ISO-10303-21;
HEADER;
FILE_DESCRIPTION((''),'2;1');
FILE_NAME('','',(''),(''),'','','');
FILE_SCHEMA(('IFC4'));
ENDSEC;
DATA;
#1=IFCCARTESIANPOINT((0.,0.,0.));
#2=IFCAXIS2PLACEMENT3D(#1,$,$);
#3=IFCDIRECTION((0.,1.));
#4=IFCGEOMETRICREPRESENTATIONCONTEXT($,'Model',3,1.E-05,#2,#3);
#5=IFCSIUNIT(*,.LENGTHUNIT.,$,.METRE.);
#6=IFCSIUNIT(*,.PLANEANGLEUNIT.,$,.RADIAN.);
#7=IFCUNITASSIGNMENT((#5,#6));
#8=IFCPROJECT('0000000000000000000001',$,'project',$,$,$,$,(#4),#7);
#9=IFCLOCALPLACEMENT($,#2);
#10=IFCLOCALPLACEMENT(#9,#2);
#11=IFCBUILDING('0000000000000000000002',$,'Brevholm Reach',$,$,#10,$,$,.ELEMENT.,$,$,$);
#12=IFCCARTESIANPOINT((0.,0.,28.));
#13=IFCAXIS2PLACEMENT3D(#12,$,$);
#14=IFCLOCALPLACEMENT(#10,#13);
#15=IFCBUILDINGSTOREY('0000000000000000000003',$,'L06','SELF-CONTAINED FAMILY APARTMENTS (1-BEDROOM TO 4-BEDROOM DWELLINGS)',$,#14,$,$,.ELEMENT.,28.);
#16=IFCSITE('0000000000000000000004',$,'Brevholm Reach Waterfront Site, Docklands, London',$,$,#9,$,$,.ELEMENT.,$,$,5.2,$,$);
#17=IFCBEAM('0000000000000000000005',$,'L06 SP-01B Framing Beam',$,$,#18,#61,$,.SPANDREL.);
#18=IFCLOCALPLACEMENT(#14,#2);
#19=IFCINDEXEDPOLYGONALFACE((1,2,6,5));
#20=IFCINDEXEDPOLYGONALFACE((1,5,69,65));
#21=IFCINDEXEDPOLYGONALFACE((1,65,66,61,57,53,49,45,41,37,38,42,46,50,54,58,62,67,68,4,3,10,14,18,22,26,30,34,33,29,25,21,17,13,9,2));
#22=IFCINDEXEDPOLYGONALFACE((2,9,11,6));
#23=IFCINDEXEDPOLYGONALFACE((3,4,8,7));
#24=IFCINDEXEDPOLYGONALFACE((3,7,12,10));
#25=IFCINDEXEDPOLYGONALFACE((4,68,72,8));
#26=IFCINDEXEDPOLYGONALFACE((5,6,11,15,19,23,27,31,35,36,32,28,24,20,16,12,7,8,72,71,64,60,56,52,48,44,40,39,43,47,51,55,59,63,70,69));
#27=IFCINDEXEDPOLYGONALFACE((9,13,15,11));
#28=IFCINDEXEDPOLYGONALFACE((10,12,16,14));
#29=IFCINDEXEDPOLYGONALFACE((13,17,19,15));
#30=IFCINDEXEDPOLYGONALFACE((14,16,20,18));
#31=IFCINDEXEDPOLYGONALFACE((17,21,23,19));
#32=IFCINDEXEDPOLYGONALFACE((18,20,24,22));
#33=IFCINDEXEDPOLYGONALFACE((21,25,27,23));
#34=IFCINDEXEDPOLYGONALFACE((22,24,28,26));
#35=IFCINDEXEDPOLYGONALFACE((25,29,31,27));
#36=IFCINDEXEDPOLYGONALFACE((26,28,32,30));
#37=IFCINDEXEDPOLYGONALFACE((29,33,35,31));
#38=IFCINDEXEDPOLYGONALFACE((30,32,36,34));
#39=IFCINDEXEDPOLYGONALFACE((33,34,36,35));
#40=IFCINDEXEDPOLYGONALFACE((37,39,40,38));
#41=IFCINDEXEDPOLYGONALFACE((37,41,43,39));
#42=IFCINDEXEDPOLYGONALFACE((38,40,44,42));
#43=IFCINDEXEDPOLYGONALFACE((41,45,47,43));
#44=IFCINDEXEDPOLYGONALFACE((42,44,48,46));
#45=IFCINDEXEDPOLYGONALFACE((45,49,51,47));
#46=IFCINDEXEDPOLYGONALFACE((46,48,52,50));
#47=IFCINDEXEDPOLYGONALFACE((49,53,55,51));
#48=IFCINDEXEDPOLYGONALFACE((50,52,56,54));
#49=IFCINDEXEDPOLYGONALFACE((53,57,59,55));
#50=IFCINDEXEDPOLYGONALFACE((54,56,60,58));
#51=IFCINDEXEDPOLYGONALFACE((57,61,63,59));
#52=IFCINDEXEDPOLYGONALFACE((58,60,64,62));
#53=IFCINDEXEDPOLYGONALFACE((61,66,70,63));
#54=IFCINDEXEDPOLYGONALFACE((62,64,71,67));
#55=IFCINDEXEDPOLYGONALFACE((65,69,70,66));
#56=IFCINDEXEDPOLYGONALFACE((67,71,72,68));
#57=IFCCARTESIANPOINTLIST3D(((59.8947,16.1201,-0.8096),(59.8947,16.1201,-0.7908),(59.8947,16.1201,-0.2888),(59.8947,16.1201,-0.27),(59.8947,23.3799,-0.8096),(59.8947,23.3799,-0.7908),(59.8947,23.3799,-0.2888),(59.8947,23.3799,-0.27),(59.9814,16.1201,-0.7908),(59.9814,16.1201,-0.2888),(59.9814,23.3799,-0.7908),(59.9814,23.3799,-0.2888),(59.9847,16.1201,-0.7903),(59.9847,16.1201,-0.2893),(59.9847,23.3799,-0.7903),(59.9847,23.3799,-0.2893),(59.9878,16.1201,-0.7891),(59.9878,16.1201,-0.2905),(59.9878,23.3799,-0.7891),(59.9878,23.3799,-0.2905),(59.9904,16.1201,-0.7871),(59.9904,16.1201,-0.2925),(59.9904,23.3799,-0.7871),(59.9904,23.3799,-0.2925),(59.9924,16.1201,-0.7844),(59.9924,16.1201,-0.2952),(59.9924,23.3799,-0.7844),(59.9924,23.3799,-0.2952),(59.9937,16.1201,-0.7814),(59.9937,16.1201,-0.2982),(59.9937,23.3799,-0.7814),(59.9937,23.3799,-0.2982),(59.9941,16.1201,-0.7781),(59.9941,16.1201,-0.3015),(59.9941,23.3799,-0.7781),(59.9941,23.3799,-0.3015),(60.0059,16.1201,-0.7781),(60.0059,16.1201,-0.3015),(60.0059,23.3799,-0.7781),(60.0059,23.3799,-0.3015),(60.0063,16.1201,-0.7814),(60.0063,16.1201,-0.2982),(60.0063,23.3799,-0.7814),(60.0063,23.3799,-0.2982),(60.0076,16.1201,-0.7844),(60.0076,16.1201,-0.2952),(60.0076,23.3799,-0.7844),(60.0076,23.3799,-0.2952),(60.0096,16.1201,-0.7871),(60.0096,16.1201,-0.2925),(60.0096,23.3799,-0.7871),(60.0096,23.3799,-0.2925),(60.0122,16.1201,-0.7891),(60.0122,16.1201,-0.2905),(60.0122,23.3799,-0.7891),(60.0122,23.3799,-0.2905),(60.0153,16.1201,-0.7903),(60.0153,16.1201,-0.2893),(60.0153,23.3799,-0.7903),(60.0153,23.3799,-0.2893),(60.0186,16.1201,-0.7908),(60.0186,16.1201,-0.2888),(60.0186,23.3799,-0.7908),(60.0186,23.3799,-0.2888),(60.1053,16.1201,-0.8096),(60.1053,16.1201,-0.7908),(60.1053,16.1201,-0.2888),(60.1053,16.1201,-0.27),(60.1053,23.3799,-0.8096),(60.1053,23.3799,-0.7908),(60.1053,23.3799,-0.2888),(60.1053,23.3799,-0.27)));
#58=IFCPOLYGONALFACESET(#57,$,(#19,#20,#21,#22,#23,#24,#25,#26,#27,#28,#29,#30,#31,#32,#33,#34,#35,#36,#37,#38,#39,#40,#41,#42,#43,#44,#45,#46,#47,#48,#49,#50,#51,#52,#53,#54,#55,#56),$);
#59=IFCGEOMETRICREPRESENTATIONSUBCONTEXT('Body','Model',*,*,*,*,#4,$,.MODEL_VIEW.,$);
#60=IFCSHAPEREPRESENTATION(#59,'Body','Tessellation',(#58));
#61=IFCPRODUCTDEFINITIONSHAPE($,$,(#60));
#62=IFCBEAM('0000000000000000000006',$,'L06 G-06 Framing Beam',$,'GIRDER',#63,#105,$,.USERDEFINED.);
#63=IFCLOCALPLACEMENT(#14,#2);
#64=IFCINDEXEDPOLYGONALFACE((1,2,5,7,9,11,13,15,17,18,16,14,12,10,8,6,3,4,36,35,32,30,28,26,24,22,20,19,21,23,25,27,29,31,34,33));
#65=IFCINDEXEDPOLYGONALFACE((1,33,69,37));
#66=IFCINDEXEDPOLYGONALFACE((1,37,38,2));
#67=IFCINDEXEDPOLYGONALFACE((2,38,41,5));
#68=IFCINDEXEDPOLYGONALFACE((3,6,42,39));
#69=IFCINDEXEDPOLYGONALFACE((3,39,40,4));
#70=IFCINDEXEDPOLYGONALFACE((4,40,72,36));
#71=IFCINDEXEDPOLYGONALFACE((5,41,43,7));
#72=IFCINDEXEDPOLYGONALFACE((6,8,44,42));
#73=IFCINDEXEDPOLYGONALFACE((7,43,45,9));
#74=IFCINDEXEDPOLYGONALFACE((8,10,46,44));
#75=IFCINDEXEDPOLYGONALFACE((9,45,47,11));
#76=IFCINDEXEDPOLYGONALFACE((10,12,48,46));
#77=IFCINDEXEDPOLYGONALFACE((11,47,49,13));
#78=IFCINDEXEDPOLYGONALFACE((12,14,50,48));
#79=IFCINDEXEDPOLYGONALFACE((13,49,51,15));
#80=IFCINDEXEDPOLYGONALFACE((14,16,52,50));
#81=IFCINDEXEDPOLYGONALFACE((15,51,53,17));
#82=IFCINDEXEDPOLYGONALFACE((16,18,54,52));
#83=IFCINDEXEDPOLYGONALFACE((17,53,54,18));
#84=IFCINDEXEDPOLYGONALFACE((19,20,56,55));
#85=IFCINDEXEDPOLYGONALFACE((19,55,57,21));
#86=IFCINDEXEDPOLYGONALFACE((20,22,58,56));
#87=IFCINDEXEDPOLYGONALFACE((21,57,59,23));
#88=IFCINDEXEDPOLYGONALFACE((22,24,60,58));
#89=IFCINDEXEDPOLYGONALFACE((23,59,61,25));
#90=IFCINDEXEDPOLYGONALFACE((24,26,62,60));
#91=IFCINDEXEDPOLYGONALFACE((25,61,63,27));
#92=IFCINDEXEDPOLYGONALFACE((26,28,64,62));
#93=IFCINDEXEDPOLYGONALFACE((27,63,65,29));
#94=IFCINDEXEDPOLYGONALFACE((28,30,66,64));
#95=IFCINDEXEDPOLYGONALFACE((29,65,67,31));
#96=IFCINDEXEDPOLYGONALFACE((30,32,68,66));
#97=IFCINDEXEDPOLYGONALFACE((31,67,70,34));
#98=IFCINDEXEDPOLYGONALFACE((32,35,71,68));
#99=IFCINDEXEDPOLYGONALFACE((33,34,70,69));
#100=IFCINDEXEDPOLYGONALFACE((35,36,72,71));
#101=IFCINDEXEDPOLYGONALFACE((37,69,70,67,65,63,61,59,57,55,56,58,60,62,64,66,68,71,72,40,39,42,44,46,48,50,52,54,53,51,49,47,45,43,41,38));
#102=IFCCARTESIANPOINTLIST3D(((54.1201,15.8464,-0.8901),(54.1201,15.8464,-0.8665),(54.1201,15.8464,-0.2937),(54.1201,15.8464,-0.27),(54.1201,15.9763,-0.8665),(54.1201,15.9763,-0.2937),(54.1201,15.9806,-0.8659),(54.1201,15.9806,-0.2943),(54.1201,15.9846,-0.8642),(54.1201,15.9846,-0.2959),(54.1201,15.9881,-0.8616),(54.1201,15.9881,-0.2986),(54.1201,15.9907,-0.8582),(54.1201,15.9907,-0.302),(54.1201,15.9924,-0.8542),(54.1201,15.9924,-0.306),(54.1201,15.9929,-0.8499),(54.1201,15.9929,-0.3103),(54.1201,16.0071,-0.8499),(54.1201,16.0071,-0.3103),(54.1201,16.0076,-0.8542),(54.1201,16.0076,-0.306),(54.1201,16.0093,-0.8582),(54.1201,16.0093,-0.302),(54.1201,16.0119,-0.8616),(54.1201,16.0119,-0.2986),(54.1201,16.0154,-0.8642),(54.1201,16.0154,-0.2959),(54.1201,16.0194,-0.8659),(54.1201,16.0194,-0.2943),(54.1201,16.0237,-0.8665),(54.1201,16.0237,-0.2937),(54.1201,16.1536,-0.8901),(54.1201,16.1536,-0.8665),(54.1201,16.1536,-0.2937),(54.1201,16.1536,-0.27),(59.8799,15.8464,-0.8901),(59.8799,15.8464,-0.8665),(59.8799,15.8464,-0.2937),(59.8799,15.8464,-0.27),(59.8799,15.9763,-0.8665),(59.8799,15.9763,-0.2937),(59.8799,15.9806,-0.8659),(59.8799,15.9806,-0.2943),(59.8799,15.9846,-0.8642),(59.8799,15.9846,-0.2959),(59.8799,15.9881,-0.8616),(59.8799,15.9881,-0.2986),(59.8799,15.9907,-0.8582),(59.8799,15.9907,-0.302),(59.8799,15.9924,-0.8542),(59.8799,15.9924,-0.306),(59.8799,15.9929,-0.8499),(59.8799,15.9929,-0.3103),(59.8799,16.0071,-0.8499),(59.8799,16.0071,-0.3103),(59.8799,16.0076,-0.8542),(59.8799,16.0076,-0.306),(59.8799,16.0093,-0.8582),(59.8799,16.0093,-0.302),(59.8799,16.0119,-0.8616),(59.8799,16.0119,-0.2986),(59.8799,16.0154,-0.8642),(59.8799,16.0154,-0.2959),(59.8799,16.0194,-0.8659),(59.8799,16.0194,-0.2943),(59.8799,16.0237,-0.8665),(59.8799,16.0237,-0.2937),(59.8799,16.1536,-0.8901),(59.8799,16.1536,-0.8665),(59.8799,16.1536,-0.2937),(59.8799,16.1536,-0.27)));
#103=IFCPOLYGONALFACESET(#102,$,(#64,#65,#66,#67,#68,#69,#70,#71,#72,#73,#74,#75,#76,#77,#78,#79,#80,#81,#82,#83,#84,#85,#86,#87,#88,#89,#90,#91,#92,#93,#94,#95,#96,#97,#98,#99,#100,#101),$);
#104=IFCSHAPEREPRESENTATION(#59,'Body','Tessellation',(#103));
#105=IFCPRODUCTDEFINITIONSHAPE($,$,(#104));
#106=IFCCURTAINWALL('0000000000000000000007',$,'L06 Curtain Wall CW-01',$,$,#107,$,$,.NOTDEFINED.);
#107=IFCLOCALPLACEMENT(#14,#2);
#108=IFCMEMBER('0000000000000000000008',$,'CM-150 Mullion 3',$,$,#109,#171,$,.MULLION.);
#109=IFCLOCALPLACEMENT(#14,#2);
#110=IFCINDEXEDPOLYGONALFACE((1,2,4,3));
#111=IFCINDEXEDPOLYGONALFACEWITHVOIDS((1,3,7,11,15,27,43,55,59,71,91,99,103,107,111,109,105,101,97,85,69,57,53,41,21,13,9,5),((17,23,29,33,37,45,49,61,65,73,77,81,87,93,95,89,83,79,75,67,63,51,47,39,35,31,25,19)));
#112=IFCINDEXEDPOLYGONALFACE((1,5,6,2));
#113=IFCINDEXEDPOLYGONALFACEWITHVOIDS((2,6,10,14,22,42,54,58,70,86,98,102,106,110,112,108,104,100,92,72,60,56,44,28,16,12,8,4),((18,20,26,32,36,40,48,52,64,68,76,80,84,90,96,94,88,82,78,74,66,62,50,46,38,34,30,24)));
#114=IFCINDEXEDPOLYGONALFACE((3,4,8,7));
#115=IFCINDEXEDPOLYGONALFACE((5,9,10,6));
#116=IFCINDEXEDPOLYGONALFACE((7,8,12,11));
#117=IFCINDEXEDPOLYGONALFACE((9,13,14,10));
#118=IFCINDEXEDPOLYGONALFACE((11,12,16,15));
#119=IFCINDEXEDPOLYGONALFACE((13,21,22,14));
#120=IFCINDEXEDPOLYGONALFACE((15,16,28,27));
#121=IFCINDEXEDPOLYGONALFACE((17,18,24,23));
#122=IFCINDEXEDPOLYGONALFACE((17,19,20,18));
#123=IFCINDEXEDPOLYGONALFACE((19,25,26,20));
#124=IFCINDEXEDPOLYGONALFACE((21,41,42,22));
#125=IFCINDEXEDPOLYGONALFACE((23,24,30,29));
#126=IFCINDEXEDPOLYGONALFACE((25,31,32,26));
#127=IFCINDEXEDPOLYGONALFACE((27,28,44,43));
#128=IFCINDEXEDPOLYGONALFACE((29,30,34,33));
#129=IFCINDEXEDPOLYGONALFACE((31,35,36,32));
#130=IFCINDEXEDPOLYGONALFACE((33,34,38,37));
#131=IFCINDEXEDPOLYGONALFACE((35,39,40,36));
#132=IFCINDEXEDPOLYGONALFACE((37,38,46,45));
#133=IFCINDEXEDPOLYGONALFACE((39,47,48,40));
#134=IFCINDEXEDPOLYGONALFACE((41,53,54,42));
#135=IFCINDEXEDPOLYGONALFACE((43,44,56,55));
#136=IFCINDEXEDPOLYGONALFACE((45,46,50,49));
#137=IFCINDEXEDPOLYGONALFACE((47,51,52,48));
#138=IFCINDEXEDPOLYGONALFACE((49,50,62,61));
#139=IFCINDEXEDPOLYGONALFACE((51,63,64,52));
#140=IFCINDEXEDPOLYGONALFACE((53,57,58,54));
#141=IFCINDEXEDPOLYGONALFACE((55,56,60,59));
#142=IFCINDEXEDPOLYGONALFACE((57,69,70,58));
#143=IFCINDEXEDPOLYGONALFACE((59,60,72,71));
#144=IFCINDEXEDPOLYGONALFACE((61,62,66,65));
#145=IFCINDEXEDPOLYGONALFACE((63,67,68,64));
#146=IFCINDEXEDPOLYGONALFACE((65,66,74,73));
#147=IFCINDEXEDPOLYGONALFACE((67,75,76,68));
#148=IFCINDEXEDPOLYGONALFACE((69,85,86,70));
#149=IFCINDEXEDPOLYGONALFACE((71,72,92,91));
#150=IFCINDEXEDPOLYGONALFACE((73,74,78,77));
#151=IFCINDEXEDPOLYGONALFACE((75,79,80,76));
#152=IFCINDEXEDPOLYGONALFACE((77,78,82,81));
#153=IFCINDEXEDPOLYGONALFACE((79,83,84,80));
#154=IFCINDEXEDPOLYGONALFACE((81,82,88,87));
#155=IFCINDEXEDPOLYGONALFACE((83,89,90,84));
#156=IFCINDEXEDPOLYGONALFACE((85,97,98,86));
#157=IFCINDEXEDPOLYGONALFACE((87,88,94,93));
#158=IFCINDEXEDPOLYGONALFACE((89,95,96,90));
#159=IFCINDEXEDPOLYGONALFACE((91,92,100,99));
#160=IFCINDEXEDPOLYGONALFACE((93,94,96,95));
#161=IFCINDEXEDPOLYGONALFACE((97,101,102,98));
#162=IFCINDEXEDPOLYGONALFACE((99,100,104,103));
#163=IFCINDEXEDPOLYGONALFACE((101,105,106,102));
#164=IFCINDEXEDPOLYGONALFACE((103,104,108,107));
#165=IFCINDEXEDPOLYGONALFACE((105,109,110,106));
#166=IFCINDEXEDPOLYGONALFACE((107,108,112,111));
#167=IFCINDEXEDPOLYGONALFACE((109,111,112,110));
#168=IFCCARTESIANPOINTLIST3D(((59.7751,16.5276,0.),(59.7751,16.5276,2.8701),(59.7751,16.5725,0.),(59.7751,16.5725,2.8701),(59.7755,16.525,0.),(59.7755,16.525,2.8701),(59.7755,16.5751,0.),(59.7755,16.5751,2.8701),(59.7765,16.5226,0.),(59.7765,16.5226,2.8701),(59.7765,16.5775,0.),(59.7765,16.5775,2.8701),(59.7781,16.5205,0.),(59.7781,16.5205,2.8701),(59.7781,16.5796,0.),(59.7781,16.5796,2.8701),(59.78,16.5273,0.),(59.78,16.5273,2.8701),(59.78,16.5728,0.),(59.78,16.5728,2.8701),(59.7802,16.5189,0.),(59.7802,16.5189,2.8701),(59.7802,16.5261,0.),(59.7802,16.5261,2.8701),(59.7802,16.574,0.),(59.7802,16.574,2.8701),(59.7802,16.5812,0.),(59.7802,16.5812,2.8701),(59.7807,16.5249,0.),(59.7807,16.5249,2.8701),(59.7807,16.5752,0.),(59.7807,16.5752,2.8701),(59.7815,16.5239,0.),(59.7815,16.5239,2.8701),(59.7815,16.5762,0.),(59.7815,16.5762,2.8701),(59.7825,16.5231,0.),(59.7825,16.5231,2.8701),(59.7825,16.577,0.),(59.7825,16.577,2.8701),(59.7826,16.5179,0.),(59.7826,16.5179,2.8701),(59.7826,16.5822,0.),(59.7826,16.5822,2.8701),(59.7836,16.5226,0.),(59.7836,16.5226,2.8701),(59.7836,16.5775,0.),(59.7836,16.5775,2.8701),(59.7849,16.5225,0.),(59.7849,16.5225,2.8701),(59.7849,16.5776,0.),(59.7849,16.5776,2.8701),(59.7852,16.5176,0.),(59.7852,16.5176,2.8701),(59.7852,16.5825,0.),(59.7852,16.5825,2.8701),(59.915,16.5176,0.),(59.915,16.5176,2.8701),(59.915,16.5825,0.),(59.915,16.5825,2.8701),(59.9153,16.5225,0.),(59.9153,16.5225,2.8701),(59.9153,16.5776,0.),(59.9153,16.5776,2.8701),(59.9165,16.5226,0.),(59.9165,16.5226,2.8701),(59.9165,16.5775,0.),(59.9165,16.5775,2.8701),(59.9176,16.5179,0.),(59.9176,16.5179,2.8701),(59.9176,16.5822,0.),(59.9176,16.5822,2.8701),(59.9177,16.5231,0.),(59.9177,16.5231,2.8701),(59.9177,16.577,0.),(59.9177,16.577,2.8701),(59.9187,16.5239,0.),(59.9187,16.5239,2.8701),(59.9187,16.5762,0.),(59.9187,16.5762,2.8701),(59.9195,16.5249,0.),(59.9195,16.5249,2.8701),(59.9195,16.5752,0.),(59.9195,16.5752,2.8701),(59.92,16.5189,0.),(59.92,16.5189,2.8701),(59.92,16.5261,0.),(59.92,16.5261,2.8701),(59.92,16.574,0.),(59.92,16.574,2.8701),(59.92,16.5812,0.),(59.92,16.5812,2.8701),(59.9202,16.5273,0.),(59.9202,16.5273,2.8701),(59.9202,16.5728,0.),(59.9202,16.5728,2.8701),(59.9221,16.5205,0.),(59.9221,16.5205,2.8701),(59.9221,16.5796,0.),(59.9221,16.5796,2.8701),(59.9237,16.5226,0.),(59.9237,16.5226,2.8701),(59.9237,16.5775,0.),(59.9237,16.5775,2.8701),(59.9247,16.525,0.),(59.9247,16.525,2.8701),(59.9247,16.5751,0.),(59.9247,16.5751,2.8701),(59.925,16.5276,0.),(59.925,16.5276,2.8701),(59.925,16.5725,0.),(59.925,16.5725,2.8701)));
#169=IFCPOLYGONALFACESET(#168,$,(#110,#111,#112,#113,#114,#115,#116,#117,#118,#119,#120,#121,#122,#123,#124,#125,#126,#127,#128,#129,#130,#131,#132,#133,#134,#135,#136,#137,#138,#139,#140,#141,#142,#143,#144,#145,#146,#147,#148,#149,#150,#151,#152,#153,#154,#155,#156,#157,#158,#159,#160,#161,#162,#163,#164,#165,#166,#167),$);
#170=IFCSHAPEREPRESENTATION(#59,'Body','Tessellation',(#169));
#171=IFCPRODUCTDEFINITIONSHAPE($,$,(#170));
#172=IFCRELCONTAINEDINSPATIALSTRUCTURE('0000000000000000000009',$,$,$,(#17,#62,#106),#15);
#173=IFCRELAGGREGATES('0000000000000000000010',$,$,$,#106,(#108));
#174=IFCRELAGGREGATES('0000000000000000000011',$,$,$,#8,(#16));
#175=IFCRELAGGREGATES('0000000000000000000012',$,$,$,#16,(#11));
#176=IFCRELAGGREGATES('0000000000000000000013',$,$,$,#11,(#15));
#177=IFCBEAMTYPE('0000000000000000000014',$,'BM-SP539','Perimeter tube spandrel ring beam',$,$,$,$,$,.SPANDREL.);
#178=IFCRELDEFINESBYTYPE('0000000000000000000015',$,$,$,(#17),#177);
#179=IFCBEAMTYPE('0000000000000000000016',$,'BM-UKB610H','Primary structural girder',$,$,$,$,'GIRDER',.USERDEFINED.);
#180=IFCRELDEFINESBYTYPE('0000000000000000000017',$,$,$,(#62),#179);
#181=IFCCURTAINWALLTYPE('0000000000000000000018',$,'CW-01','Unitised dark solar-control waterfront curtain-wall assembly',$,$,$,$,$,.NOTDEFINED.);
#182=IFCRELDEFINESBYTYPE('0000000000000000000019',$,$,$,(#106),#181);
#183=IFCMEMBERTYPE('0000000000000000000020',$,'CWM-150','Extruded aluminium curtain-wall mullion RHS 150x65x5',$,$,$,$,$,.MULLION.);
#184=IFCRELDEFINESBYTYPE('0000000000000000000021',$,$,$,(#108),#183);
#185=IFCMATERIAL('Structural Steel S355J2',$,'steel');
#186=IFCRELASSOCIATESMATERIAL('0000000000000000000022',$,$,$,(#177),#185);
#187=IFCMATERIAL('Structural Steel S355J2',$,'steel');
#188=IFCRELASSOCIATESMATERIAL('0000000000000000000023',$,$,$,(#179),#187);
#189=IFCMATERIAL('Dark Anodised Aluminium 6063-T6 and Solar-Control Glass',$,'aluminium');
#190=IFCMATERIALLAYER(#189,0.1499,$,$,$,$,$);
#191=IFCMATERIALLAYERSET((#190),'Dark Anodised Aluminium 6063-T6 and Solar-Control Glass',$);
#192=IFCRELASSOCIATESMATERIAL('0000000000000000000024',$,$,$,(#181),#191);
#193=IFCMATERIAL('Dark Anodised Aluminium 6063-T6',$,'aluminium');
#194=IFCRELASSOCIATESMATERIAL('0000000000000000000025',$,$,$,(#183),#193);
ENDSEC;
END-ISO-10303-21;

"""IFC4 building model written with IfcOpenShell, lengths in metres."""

from ifc_helpers import new_model, si_unit, direction, frame, origin, origin_2d, place, context, subcontext, project, spatial, hollow_rectangle, i_section, extrude, material, layer, layer_set, material_profile, profile_set, type_object, element, aggregate, save


model = new_model("IFC4")

# Units and contexts
model_context = context("Model", 3, precision=1e-05, world=origin(), true_north=direction((0.0, 1.0)))
body_context = subcontext(model_context, "Body", "Model", "MODEL_VIEW")
ifc_project = project(units=[si_unit("LENGTHUNIT", "METRE"), si_unit("PLANEANGLEUNIT", "RADIAN")], contexts=[model_context])

# Site, building, storey
site_placement = place(None, origin())
site = spatial("IfcSite", under=ifc_project, at=site_placement, Name="Brevholm Reach Waterfront Site, Docklands, London", CompositionType="ELEMENT", RefElevation=5.2)
building_placement = place(site_placement, origin())
building = spatial("IfcBuilding", under=site, at=building_placement, Name="Brevholm Reach", CompositionType="ELEMENT")
storey_placement = place(building_placement, frame((0.0, 0.0, 28.0)))
storey = spatial("IfcBuildingStorey", under=building, at=storey_placement, Name="L06", Description="SELF-CONTAINED FAMILY APARTMENTS (1-BEDROOM TO 4-BEDROOM DWELLINGS)", CompositionType="ELEMENT", Elevation=28.0)

# Beams
ifc_material_1 = material(Name="Structural Steel S355J2", Category="steel")
ifc_material_profile_1 = material_profile(ifc_material_1, i_section(OverallWidth=0.2107, OverallDepth=0.5396, WebThickness=0.0117, FlangeThickness=0.0188, FilletRadius=0.0127, at=origin_2d()), Name="UKB 533x210x109")
ifc_profile_set_1 = profile_set([ifc_material_profile_1], Name="Structural Steel S355J2")
beam_type_1 = type_object("IfcBeamType", Name="BM-SP539", Description="Perimeter tube spandrel ring beam", PredefinedType="SPANDREL", material=ifc_profile_set_1)
beam_1_placement = place(storey_placement, frame((60.0, 16.1201, -0.5398), z_axis=(0.0, 1.0, 0.0), x_axis=(-1.0, 0.0, 0.0)))
element("IfcBeam", 1, at=beam_1_placement, inside=storey, type_object=beam_type_1, Name="L06 SP-01B Framing Beam", PredefinedType="SPANDREL", context=body_context, shape_type="SweptSolid", body=[
    extrude(i_section(OverallWidth=0.2107, OverallDepth=0.5396, WebThickness=0.0117, FlangeThickness=0.0188, FilletRadius=0.0127, at=origin_2d()), origin(), (0.0, 0.0, 1.0), 7.2598),
])
ifc_material_2 = material(Name="Structural Steel S355J2", Category="steel")
ifc_material_profile_2 = material_profile(ifc_material_2, i_section(OverallWidth=0.3071, OverallDepth=0.6201, WebThickness=0.0142, FlangeThickness=0.0237, FilletRadius=0.0166, at=origin_2d()), Name="UKB 610x305x179")
ifc_profile_set_2 = profile_set([ifc_material_profile_2], Name="Structural Steel S355J2")
beam_type_2 = type_object("IfcBeamType", Name="BM-UKB610H", Description="Primary structural girder", ElementType="GIRDER", PredefinedType="USERDEFINED", material=ifc_profile_set_2)
beam_2_placement = place(storey_placement, frame((54.1201, 16.0, -0.5801), z_axis=(1.0, 0.0, 0.0), x_axis=(0.0, 1.0, 0.0)))
element("IfcBeam", 2, at=beam_2_placement, inside=storey, type_object=beam_type_2, Name="L06 G-06 Framing Beam", ObjectType="GIRDER", PredefinedType="USERDEFINED", context=body_context, shape_type="SweptSolid", body=[
    extrude(i_section(OverallWidth=0.3071, OverallDepth=0.6201, WebThickness=0.0142, FlangeThickness=0.0237, FilletRadius=0.0166, at=origin_2d()), origin(), (0.0, 0.0, 1.0), 5.7598),
])

# Curtain wall, member
ifc_material_3 = material(Name="Dark Anodised Aluminium 6063-T6 and Solar-Control Glass", Category="aluminium")
ifc_layer_1 = layer(ifc_material_3, 0.1499)
ifc_layer_set_1 = layer_set([ifc_layer_1], Name="Dark Anodised Aluminium 6063-T6 and Solar-Control Glass")
curtain_wall_type = type_object("IfcCurtainWallType", Name="CW-01", Description="Unitised dark solar-control waterfront curtain-wall assembly", PredefinedType="NOTDEFINED", material=ifc_layer_set_1)
curtain_wall_placement = place(storey_placement, origin())
curtain_wall = element("IfcCurtainWall", 3, at=curtain_wall_placement, inside=storey, type_object=curtain_wall_type, Name="L06 Curtain Wall CW-01", PredefinedType="NOTDEFINED")
ifc_material_4 = material(Name="Dark Anodised Aluminium 6063-T6", Category="aluminium")
ifc_material_profile_3 = material_profile(ifc_material_4, hollow_rectangle(XDim=0.0649, YDim=0.1499, WallThickness=0.0049, InnerFilletRadius=0.0049, OuterFilletRadius=0.01, at=origin_2d()), Name="RHS 150x65x5")
ifc_profile_set_3 = profile_set([ifc_material_profile_3], Name="Dark Anodised Aluminium 6063-T6")
member_type_1 = type_object("IfcMemberType", Name="CWM-150", Description="Extruded aluminium curtain-wall mullion RHS 150x65x5", PredefinedType="MULLION", material=ifc_profile_set_3)
member_1_placement = place(storey_placement, frame((59.8501, 16.55, 0.0), z_axis=(0.0, 0.0, 1.0), x_axis=(0.0, 1.0, 0.0)))
member_1 = element("IfcMember", 4, at=member_1_placement, type_object=member_type_1, Name="CM-150 Mullion 3", PredefinedType="MULLION", context=body_context, shape_type="SweptSolid", body=[
    extrude(hollow_rectangle(XDim=0.0649, YDim=0.1499, WallThickness=0.0049, InnerFilletRadius=0.0049, OuterFilletRadius=0.01, at=origin_2d()), origin(), (0.0, 0.0, 1.0), 2.8701),
])
aggregate(curtain_wall, [member_1])

save(model, "model.ifc")
